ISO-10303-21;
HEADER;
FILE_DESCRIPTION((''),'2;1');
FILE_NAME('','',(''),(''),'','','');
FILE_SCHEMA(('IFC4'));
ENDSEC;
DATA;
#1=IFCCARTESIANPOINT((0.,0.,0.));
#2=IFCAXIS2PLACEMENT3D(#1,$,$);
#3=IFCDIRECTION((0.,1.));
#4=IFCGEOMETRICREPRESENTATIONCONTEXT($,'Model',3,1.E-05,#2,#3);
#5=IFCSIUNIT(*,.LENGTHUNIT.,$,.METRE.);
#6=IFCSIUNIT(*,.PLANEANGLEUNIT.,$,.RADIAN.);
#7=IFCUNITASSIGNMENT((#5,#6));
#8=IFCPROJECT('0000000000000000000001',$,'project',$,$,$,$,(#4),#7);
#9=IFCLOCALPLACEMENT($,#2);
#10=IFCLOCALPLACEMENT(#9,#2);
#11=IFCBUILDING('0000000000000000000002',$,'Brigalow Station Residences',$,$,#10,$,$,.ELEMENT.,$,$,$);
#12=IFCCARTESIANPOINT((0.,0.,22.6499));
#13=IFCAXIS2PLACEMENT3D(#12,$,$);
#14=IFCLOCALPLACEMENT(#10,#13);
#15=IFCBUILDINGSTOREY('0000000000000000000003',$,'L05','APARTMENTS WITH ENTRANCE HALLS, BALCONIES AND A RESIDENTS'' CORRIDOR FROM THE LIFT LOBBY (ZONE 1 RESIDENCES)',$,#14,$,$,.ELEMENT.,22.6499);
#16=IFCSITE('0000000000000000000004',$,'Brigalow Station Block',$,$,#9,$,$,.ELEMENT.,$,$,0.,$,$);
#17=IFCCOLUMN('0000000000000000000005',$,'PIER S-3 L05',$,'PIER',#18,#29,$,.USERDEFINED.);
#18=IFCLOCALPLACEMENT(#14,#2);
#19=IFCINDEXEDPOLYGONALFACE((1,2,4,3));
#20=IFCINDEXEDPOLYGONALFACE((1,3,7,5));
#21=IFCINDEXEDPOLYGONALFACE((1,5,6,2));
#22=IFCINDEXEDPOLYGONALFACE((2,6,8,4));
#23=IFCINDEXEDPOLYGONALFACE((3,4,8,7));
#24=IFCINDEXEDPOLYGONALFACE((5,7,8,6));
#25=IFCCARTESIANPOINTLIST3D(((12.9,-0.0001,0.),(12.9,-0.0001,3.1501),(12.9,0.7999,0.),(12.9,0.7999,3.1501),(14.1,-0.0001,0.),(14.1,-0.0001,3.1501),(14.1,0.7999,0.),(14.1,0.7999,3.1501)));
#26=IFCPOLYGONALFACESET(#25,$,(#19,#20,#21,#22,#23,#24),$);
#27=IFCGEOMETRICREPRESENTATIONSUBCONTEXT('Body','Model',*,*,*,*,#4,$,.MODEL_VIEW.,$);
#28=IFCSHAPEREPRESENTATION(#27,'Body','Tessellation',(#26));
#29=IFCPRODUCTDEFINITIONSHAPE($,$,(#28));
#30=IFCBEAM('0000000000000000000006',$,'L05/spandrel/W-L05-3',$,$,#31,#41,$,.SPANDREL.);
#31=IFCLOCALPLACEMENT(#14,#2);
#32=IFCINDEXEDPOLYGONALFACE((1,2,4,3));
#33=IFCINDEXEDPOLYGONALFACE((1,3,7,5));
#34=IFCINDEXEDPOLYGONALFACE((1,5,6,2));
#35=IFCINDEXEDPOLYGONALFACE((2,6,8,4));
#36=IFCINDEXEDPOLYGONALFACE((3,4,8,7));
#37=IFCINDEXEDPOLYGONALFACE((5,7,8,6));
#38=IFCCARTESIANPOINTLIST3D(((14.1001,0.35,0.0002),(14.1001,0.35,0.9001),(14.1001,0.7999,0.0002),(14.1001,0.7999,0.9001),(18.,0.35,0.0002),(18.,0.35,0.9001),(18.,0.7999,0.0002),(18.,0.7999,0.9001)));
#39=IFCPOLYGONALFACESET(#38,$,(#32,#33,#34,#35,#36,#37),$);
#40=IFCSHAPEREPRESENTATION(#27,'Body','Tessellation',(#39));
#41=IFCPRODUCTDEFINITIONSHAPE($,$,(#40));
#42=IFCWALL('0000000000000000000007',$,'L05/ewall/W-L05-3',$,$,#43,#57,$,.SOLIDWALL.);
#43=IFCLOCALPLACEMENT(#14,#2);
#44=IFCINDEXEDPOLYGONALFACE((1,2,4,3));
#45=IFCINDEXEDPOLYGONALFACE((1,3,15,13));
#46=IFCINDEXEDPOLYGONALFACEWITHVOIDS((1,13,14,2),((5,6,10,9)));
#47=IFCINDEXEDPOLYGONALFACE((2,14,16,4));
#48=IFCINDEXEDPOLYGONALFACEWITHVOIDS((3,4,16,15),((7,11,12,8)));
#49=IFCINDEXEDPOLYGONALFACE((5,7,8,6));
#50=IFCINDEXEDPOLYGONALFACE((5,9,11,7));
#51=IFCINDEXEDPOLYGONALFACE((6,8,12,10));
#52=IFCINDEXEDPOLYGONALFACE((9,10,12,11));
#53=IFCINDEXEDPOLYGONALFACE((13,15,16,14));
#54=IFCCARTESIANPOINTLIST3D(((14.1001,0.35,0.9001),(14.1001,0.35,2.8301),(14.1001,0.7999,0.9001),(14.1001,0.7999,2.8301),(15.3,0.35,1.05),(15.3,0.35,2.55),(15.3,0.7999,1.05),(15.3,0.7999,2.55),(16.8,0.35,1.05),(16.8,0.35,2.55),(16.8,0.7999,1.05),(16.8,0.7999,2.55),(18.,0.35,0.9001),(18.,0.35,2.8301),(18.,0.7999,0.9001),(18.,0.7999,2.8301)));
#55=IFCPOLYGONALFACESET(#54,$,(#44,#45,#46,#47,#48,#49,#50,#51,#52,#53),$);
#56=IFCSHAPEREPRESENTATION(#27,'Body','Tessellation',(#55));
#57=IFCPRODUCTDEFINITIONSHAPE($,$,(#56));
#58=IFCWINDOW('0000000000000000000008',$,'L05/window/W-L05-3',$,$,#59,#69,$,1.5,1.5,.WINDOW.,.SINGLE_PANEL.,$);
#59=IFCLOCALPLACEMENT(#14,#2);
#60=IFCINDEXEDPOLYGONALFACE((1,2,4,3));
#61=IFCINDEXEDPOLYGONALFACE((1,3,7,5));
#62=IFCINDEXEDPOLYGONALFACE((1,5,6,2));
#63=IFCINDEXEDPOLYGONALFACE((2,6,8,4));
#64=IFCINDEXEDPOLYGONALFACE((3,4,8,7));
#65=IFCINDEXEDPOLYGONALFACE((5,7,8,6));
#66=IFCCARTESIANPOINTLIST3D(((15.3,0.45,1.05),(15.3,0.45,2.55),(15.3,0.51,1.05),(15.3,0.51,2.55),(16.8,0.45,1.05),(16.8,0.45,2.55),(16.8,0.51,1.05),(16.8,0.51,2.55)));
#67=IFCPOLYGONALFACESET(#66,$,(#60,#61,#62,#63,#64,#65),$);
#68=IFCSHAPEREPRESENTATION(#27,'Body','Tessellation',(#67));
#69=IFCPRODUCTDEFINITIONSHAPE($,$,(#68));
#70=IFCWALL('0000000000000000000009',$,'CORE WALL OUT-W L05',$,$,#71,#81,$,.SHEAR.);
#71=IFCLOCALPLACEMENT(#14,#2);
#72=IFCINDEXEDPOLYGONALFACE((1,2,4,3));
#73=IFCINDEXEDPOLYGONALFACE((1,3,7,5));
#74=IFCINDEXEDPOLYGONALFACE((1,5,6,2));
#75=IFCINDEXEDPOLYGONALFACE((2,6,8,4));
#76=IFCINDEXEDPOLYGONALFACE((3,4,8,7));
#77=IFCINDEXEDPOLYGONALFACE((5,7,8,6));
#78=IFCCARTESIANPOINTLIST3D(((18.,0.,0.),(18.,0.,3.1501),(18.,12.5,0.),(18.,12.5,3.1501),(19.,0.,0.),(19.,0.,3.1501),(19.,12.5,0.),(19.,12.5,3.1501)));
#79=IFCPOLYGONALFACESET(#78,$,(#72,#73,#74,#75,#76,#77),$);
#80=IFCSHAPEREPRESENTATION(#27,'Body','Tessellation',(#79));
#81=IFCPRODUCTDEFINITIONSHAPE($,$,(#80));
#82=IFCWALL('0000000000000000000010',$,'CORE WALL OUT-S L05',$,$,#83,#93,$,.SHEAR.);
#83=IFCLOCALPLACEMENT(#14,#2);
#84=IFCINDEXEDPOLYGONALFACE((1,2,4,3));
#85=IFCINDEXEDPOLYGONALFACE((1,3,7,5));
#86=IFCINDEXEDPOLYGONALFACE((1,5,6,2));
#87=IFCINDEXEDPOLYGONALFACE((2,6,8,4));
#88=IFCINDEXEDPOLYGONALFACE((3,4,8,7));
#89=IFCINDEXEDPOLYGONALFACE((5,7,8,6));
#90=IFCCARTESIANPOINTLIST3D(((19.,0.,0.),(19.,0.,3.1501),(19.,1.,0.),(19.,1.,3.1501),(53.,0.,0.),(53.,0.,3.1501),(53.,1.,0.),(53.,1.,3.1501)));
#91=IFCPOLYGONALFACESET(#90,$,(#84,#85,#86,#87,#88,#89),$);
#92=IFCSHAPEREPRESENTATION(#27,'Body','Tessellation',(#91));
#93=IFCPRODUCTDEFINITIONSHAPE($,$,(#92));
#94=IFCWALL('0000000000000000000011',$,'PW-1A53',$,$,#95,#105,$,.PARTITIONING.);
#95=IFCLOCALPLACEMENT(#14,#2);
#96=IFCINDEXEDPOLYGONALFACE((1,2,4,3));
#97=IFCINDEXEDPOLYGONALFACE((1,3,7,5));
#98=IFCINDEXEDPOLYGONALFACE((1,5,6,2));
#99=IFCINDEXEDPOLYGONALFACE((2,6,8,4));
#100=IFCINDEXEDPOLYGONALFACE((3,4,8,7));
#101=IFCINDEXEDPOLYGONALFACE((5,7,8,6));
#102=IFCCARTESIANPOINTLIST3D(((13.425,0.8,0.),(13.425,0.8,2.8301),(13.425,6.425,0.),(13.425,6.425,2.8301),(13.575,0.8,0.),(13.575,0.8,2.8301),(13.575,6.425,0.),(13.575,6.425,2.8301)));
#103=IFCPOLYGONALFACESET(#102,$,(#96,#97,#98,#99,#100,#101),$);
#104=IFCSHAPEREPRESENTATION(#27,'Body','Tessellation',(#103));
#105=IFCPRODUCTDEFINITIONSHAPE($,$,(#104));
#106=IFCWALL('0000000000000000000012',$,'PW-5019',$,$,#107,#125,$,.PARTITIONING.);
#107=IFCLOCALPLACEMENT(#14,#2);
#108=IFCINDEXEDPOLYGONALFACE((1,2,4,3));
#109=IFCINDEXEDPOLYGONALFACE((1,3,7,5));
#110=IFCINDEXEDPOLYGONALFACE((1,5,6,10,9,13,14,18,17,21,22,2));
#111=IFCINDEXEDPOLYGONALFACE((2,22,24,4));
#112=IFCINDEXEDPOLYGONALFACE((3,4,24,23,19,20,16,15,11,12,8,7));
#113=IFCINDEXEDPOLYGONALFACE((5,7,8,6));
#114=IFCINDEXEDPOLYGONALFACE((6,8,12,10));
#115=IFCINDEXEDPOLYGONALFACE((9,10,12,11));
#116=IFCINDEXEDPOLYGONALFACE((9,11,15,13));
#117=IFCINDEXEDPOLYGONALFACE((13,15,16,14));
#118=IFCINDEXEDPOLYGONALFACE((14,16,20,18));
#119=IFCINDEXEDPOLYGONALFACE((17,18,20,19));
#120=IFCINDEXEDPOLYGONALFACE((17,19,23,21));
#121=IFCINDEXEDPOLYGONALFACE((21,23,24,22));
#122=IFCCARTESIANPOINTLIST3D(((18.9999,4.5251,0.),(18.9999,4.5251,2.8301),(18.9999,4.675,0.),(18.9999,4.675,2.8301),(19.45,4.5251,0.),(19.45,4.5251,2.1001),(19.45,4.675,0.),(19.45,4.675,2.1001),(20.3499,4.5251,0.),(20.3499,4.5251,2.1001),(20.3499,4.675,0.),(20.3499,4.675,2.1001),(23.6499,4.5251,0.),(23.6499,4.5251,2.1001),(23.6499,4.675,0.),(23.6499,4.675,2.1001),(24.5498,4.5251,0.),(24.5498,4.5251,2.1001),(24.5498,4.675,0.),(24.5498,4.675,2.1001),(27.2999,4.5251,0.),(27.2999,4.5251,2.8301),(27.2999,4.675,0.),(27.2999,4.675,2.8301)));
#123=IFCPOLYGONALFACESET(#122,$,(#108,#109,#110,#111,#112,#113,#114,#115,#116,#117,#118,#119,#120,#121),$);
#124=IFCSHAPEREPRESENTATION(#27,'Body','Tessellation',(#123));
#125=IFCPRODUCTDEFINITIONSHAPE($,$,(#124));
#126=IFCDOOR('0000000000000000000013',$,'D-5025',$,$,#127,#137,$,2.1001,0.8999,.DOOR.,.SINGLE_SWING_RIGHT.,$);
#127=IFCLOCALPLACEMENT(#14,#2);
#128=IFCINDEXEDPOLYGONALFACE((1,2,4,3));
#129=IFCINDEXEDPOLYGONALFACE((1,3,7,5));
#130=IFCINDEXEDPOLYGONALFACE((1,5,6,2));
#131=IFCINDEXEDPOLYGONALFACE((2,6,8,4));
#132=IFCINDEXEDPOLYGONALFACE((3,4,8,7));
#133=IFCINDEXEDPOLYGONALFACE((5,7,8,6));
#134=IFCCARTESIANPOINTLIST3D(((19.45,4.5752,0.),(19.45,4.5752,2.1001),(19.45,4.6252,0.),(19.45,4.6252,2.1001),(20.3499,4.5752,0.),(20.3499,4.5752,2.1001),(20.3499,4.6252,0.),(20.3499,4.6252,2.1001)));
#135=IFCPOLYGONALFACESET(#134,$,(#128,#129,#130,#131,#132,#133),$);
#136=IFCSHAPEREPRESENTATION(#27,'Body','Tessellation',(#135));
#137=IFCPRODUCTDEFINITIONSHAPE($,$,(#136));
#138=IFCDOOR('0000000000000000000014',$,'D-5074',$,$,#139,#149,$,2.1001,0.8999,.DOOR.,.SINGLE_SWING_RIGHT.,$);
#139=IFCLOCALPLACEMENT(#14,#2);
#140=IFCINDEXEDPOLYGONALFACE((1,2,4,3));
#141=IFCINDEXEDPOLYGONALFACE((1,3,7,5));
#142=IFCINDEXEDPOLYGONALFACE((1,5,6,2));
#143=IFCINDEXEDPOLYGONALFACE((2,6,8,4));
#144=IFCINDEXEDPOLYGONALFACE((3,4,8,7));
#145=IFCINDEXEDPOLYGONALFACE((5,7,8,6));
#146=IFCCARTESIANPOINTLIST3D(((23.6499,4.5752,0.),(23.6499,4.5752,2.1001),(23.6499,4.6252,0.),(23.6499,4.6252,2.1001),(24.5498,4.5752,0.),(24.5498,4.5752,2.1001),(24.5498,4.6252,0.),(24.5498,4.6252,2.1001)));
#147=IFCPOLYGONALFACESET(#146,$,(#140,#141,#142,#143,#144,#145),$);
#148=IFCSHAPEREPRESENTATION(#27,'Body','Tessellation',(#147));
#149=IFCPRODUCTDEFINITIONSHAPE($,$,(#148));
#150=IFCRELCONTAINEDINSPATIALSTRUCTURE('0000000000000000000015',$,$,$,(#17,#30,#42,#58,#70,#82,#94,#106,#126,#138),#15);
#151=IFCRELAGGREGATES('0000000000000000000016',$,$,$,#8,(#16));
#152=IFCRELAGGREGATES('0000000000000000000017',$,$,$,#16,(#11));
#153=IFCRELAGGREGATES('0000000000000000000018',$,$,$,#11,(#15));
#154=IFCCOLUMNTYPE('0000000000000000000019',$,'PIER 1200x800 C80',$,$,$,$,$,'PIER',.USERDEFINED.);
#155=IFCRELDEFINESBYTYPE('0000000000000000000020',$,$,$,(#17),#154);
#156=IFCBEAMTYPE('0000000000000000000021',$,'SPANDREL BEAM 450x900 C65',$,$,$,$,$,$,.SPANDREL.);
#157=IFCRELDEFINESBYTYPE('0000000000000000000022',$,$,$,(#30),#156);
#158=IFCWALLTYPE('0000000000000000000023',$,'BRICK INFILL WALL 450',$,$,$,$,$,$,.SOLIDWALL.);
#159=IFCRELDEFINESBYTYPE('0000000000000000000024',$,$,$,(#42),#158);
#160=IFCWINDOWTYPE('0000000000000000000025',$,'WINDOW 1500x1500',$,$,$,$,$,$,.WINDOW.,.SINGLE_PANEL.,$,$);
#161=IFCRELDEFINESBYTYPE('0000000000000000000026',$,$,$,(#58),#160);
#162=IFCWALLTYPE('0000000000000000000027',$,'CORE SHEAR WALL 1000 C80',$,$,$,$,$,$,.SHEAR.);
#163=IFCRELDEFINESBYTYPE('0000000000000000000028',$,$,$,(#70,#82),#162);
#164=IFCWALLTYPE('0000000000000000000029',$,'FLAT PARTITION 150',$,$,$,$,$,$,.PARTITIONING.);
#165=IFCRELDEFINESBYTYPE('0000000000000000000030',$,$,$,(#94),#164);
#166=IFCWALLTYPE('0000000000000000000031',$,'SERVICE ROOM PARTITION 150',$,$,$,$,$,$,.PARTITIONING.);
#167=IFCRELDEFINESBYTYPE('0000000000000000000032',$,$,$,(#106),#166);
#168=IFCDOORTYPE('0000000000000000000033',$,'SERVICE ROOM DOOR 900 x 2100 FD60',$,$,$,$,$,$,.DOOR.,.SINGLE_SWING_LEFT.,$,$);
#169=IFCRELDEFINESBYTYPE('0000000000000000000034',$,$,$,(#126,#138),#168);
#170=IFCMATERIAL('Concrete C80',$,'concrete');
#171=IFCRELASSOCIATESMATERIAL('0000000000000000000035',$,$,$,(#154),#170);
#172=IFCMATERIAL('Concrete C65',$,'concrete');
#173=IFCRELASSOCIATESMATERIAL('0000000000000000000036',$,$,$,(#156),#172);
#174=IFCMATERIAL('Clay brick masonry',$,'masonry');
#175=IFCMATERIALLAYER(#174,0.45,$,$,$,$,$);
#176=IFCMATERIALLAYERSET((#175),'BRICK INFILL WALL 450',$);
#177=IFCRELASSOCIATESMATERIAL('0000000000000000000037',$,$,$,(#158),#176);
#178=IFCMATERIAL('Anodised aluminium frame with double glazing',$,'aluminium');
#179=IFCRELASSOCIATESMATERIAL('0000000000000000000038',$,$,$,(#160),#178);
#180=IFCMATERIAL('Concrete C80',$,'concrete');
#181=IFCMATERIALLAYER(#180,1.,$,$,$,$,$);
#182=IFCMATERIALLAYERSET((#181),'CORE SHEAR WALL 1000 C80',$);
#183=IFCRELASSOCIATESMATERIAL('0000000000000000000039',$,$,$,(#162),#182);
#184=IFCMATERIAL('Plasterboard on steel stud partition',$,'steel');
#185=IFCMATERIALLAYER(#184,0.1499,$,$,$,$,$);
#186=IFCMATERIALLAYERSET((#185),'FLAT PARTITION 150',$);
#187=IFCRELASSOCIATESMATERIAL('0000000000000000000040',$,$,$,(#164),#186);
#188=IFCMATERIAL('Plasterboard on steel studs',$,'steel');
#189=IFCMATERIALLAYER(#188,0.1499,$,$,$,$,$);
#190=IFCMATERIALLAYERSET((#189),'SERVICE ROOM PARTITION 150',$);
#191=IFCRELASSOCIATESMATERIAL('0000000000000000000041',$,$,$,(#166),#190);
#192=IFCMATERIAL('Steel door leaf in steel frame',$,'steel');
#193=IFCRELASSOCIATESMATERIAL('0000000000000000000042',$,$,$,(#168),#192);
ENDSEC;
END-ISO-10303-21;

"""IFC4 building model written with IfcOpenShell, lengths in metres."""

from ifc_helpers import new_model, si_unit, direction, frame, frame_2d, origin, origin_2d, place, context, subcontext, project, spatial, rectangle, extrude, material, layer, layer_set, material_profile, profile_set, type_object, element, fill, save


model = new_model("IFC4")

# Units and contexts
model_context = context("Model", 3, precision=1e-05, world=origin(), true_north=direction((0.0, 1.0)))
body_context = subcontext(model_context, "Body", "Model", "MODEL_VIEW")
ifc_project = project(units=[si_unit("LENGTHUNIT", "METRE"), si_unit("PLANEANGLEUNIT", "RADIAN")], contexts=[model_context])

# Site, building, storey
site_placement = place(None, origin())
site = spatial("IfcSite", under=ifc_project, at=site_placement, Name="Brigalow Station Block", CompositionType="ELEMENT", RefElevation=0.0)
building_placement = place(site_placement, origin())
building = spatial("IfcBuilding", under=site, at=building_placement, Name="Brigalow Station Residences", CompositionType="ELEMENT")
storey_placement = place(building_placement, frame((0.0, 0.0, 22.6499)))
storey = spatial("IfcBuildingStorey", under=building, at=storey_placement, Name="L05", Description="APARTMENTS WITH ENTRANCE HALLS, BALCONIES AND A RESIDENTS' CORRIDOR FROM THE LIFT LOBBY (ZONE 1 RESIDENCES)", CompositionType="ELEMENT", Elevation=22.6499)

# Column
ifc_material_1 = material(Name="Concrete C80", Category="concrete")
ifc_material_profile_1 = material_profile(ifc_material_1, rectangle(XDim=1.2, YDim=0.8, at=origin_2d()), Name="RC1200x800")
ifc_profile_set_1 = profile_set([ifc_material_profile_1], Name="Concrete C80")
column_type = type_object("IfcColumnType", Name="PIER 1200x800 C80", ElementType="PIER", PredefinedType="USERDEFINED", material=ifc_profile_set_1)
column_placement = place(storey_placement, frame((13.5, 0.3999, 0.0), z_axis=(0.0, 0.0, 1.0), x_axis=(1.0, 0.0, 0.0)))
element("IfcColumn", 1, at=column_placement, inside=storey, type_object=column_type, Name="PIER S-3 L05", ObjectType="PIER", PredefinedType="USERDEFINED", context=body_context, shape_type="SweptSolid", body=[
    extrude(rectangle(XDim=1.2, YDim=0.8, at=origin_2d()), origin(), (0.0, 0.0, 1.0), 3.1501),
])

# Beam
ifc_material_2 = material(Name="Concrete C65", Category="concrete")
ifc_material_profile_2 = material_profile(ifc_material_2, rectangle(XDim=0.45, YDim=0.8999, at=origin_2d()), Name="RC450x900")
ifc_profile_set_2 = profile_set([ifc_material_profile_2], Name="Concrete C65")
beam_type = type_object("IfcBeamType", Name="SPANDREL BEAM 450x900 C65", PredefinedType="SPANDREL", material=ifc_profile_set_2)
beam_placement = place(storey_placement, frame((14.1001, 0.575, 0.4502), z_axis=(1.0, 0.0, 0.0), x_axis=(0.0, 1.0, 0.0)))
element("IfcBeam", 2, at=beam_placement, inside=storey, type_object=beam_type, Name="L05/spandrel/W-L05-3", PredefinedType="SPANDREL", context=body_context, shape_type="SweptSolid", body=[
    extrude(rectangle(XDim=0.45, YDim=0.8999, at=origin_2d()), origin(), (0.0, 0.0, 1.0), 3.8999),
])

# Wall, opening, window
ifc_material_3 = material(Name="Clay brick masonry", Category="masonry")
ifc_layer_1 = layer(ifc_material_3, 0.45)
ifc_layer_set_1 = layer_set([ifc_layer_1], Name="BRICK INFILL WALL 450")
wall_type_1 = type_object("IfcWallType", Name="BRICK INFILL WALL 450", PredefinedType="SOLIDWALL", material=ifc_layer_set_1)
wall_1_placement = place(storey_placement, frame((14.1001, 0.575, 0.9001), z_axis=(0.0, 0.0, 1.0), x_axis=(1.0, 0.0, 0.0)))
wall_1 = element("IfcWall", 3, at=wall_1_placement, inside=storey, type_object=wall_type_1, Name="L05/ewall/W-L05-3", PredefinedType="SOLIDWALL", context=body_context, shape_type="SweptSolid", body=[
    extrude(rectangle(XDim=3.8999, YDim=0.45, at=frame_2d((1.95, 0.0))), origin(), (0.0, 0.0, 1.0), 1.9299),
])
opening_1_placement = place(wall_1_placement, frame((1.2, 0.0, 0.1499)))
opening_1 = element("IfcOpeningElement", 4, at=opening_1_placement, cuts=wall_1, PredefinedType="OPENING", context=body_context, shape_type="SweptSolid", body=[
    extrude(rectangle(XDim=1.5, YDim=1.5, at=frame_2d((0.75, 0.75))), frame((0.0, 0.2349, 0.0), z_axis=(0.0, -1.0, 0.0), x_axis=(1.0, 0.0, 0.0)), (0.0, 0.0, 1.0), 0.47),
])
ifc_material_4 = material(Name="Anodised aluminium frame with double glazing", Category="aluminium")
window_type = type_object("IfcWindowType", Name="WINDOW 1500x1500", PartitioningType="SINGLE_PANEL", PredefinedType="WINDOW", material=ifc_material_4)
window_placement = place(opening_1_placement, origin())
window = element("IfcWindow", 5, at=window_placement, inside=storey, type_object=window_type, Name="L05/window/W-L05-3", OverallHeight=1.5, OverallWidth=1.5, PartitioningType="SINGLE_PANEL", PredefinedType="WINDOW", context=body_context, shape_type="SweptSolid", body=[
    extrude(rectangle(XDim=1.5, YDim=1.5, at=frame_2d((0.75, 0.75))), frame((0.0, -0.0649, 0.0), z_axis=(0.0, -1.0, 0.0), x_axis=(1.0, 0.0, 0.0)), (0.0, 0.0, 1.0), 0.0601),
])
fill(opening_1, window)

# Walls
ifc_material_5 = material(Name="Concrete C80", Category="concrete")
ifc_layer_2 = layer(ifc_material_5, 1.0)
ifc_layer_set_2 = layer_set([ifc_layer_2], Name="CORE SHEAR WALL 1000 C80")
wall_type_2 = type_object("IfcWallType", Name="CORE SHEAR WALL 1000 C80", PredefinedType="SHEAR", material=ifc_layer_set_2)
wall_2_placement = place(storey_placement, frame((18.5, 0.0, 0.0), z_axis=(0.0, 0.0, 1.0), x_axis=(0.0, 1.0, 0.0)))
element("IfcWall", 6, at=wall_2_placement, inside=storey, type_object=wall_type_2, Name="CORE WALL OUT-W L05", PredefinedType="SHEAR", context=body_context, shape_type="SweptSolid", body=[
    extrude(rectangle(XDim=12.5, YDim=1.0, at=frame_2d((6.25, 0.0))), origin(), (0.0, 0.0, 1.0), 3.1501),
])
wall_3_placement = place(storey_placement, frame((19.0, 0.5, 0.0), z_axis=(0.0, 0.0, 1.0), x_axis=(1.0, 0.0, 0.0)))
element("IfcWall", 7, at=wall_3_placement, inside=storey, type_object=wall_type_2, Name="CORE WALL OUT-S L05", PredefinedType="SHEAR", context=body_context, shape_type="SweptSolid", body=[
    extrude(rectangle(XDim=34.0, YDim=1.0, at=frame_2d((17.0, 0.0))), origin(), (0.0, 0.0, 1.0), 3.1501),
])
ifc_material_6 = material(Name="Plasterboard on steel stud partition", Category="steel")
ifc_layer_3 = layer(ifc_material_6, 0.1499)
ifc_layer_set_3 = layer_set([ifc_layer_3], Name="FLAT PARTITION 150")
wall_type_3 = type_object("IfcWallType", Name="FLAT PARTITION 150", PredefinedType="PARTITIONING", material=ifc_layer_set_3)
wall_4_placement = place(storey_placement, frame((13.5, 0.8, 0.0), z_axis=(0.0, 0.0, 1.0), x_axis=(0.0, 1.0, 0.0)))
element("IfcWall", 8, at=wall_4_placement, inside=storey, type_object=wall_type_3, Name="PW-1A53", PredefinedType="PARTITIONING", context=body_context, shape_type="SweptSolid", body=[
    extrude(rectangle(XDim=5.625, YDim=0.1499, at=frame_2d((2.8125, 0.0))), origin(), (0.0, 0.0, 1.0), 2.8301),
])

# Wall, openings, doors
ifc_material_7 = material(Name="Plasterboard on steel studs", Category="steel")
ifc_layer_4 = layer(ifc_material_7, 0.1499)
ifc_layer_set_4 = layer_set([ifc_layer_4], Name="SERVICE ROOM PARTITION 150")
wall_type_4 = type_object("IfcWallType", Name="SERVICE ROOM PARTITION 150", PredefinedType="PARTITIONING", material=ifc_layer_set_4)
wall_5_placement = place(storey_placement, frame((19.0, 4.6001, 0.0), z_axis=(0.0, 0.0, 1.0), x_axis=(1.0, 0.0, 0.0)))
wall_5 = element("IfcWall", 9, at=wall_5_placement, inside=storey, type_object=wall_type_4, Name="PW-5019", PredefinedType="PARTITIONING", context=body_context, shape_type="SweptSolid", body=[
    extrude(rectangle(XDim=8.3, YDim=0.1499, at=frame_2d((4.1499, 0.0))), origin(), (0.0, 0.0, 1.0), 2.8301),
])
opening_2_placement = place(wall_5_placement, frame((0.45, 0.0, 0.0)))
opening_2 = element("IfcOpeningElement", 10, at=opening_2_placement, cuts=wall_5, PredefinedType="OPENING", context=body_context, shape_type="SweptSolid", body=[
    extrude(rectangle(XDim=0.8999, YDim=2.1001, at=frame_2d((0.45, 1.05))), frame((0.0, 0.085, 0.0), z_axis=(0.0, -1.0, 0.0), x_axis=(1.0, 0.0, 0.0)), (0.0, 0.0, 1.0), 0.1699),
])
opening_3_placement = place(wall_5_placement, frame((4.6499, 0.0, 0.0)))
opening_3 = element("IfcOpeningElement", 11, at=opening_3_placement, cuts=wall_5, PredefinedType="OPENING", context=body_context, shape_type="SweptSolid", body=[
    extrude(rectangle(XDim=0.8999, YDim=2.1001, at=frame_2d((0.45, 1.05))), frame((0.0, 0.085, 0.0), z_axis=(0.0, -1.0, 0.0), x_axis=(1.0, 0.0, 0.0)), (0.0, 0.0, 1.0), 0.1699),
])
ifc_material_8 = material(Name="Steel door leaf in steel frame", Category="steel")
door_type = type_object("IfcDoorType", Name="SERVICE ROOM DOOR 900 x 2100 FD60", OperationType="SINGLE_SWING_LEFT", PredefinedType="DOOR", material=ifc_material_8)
door_1_placement = place(opening_2_placement, frame((0.8999, 0.0, 0.0), z_axis=(0.0, 0.0, 1.0), x_axis=(-1.0, 0.0, 0.0)))
door_1 = element("IfcDoor", 12, at=door_1_placement, inside=storey, type_object=door_type, Name="D-5025", OperationType="SINGLE_SWING_RIGHT", OverallHeight=2.1001, OverallWidth=0.8999, PredefinedType="DOOR", context=body_context, shape_type="SweptSolid", body=[
    extrude(rectangle(XDim=0.8999, YDim=2.1001, at=frame_2d((0.45, 1.05))), frame((0.0, 0.0249, 0.0), z_axis=(0.0, -1.0, 0.0), x_axis=(1.0, 0.0, 0.0)), (0.0, 0.0, 1.0), 0.05),
])
fill(opening_2, door_1)
door_2_placement = place(opening_3_placement, frame((0.8999, 0.0, 0.0), z_axis=(0.0, 0.0, 1.0), x_axis=(-1.0, 0.0, 0.0)))
door_2 = element("IfcDoor", 13, at=door_2_placement, inside=storey, type_object=door_type, Name="D-5074", OperationType="SINGLE_SWING_RIGHT", OverallHeight=2.1001, OverallWidth=0.8999, PredefinedType="DOOR", context=body_context, shape_type="SweptSolid", body=[
    extrude(rectangle(XDim=0.8999, YDim=2.1001, at=frame_2d((0.45, 1.05))), frame((0.0, 0.0249, 0.0), z_axis=(0.0, -1.0, 0.0), x_axis=(1.0, 0.0, 0.0)), (0.0, 0.0, 1.0), 0.05),
])
fill(opening_3, door_2)

save(model, "model.ifc")
